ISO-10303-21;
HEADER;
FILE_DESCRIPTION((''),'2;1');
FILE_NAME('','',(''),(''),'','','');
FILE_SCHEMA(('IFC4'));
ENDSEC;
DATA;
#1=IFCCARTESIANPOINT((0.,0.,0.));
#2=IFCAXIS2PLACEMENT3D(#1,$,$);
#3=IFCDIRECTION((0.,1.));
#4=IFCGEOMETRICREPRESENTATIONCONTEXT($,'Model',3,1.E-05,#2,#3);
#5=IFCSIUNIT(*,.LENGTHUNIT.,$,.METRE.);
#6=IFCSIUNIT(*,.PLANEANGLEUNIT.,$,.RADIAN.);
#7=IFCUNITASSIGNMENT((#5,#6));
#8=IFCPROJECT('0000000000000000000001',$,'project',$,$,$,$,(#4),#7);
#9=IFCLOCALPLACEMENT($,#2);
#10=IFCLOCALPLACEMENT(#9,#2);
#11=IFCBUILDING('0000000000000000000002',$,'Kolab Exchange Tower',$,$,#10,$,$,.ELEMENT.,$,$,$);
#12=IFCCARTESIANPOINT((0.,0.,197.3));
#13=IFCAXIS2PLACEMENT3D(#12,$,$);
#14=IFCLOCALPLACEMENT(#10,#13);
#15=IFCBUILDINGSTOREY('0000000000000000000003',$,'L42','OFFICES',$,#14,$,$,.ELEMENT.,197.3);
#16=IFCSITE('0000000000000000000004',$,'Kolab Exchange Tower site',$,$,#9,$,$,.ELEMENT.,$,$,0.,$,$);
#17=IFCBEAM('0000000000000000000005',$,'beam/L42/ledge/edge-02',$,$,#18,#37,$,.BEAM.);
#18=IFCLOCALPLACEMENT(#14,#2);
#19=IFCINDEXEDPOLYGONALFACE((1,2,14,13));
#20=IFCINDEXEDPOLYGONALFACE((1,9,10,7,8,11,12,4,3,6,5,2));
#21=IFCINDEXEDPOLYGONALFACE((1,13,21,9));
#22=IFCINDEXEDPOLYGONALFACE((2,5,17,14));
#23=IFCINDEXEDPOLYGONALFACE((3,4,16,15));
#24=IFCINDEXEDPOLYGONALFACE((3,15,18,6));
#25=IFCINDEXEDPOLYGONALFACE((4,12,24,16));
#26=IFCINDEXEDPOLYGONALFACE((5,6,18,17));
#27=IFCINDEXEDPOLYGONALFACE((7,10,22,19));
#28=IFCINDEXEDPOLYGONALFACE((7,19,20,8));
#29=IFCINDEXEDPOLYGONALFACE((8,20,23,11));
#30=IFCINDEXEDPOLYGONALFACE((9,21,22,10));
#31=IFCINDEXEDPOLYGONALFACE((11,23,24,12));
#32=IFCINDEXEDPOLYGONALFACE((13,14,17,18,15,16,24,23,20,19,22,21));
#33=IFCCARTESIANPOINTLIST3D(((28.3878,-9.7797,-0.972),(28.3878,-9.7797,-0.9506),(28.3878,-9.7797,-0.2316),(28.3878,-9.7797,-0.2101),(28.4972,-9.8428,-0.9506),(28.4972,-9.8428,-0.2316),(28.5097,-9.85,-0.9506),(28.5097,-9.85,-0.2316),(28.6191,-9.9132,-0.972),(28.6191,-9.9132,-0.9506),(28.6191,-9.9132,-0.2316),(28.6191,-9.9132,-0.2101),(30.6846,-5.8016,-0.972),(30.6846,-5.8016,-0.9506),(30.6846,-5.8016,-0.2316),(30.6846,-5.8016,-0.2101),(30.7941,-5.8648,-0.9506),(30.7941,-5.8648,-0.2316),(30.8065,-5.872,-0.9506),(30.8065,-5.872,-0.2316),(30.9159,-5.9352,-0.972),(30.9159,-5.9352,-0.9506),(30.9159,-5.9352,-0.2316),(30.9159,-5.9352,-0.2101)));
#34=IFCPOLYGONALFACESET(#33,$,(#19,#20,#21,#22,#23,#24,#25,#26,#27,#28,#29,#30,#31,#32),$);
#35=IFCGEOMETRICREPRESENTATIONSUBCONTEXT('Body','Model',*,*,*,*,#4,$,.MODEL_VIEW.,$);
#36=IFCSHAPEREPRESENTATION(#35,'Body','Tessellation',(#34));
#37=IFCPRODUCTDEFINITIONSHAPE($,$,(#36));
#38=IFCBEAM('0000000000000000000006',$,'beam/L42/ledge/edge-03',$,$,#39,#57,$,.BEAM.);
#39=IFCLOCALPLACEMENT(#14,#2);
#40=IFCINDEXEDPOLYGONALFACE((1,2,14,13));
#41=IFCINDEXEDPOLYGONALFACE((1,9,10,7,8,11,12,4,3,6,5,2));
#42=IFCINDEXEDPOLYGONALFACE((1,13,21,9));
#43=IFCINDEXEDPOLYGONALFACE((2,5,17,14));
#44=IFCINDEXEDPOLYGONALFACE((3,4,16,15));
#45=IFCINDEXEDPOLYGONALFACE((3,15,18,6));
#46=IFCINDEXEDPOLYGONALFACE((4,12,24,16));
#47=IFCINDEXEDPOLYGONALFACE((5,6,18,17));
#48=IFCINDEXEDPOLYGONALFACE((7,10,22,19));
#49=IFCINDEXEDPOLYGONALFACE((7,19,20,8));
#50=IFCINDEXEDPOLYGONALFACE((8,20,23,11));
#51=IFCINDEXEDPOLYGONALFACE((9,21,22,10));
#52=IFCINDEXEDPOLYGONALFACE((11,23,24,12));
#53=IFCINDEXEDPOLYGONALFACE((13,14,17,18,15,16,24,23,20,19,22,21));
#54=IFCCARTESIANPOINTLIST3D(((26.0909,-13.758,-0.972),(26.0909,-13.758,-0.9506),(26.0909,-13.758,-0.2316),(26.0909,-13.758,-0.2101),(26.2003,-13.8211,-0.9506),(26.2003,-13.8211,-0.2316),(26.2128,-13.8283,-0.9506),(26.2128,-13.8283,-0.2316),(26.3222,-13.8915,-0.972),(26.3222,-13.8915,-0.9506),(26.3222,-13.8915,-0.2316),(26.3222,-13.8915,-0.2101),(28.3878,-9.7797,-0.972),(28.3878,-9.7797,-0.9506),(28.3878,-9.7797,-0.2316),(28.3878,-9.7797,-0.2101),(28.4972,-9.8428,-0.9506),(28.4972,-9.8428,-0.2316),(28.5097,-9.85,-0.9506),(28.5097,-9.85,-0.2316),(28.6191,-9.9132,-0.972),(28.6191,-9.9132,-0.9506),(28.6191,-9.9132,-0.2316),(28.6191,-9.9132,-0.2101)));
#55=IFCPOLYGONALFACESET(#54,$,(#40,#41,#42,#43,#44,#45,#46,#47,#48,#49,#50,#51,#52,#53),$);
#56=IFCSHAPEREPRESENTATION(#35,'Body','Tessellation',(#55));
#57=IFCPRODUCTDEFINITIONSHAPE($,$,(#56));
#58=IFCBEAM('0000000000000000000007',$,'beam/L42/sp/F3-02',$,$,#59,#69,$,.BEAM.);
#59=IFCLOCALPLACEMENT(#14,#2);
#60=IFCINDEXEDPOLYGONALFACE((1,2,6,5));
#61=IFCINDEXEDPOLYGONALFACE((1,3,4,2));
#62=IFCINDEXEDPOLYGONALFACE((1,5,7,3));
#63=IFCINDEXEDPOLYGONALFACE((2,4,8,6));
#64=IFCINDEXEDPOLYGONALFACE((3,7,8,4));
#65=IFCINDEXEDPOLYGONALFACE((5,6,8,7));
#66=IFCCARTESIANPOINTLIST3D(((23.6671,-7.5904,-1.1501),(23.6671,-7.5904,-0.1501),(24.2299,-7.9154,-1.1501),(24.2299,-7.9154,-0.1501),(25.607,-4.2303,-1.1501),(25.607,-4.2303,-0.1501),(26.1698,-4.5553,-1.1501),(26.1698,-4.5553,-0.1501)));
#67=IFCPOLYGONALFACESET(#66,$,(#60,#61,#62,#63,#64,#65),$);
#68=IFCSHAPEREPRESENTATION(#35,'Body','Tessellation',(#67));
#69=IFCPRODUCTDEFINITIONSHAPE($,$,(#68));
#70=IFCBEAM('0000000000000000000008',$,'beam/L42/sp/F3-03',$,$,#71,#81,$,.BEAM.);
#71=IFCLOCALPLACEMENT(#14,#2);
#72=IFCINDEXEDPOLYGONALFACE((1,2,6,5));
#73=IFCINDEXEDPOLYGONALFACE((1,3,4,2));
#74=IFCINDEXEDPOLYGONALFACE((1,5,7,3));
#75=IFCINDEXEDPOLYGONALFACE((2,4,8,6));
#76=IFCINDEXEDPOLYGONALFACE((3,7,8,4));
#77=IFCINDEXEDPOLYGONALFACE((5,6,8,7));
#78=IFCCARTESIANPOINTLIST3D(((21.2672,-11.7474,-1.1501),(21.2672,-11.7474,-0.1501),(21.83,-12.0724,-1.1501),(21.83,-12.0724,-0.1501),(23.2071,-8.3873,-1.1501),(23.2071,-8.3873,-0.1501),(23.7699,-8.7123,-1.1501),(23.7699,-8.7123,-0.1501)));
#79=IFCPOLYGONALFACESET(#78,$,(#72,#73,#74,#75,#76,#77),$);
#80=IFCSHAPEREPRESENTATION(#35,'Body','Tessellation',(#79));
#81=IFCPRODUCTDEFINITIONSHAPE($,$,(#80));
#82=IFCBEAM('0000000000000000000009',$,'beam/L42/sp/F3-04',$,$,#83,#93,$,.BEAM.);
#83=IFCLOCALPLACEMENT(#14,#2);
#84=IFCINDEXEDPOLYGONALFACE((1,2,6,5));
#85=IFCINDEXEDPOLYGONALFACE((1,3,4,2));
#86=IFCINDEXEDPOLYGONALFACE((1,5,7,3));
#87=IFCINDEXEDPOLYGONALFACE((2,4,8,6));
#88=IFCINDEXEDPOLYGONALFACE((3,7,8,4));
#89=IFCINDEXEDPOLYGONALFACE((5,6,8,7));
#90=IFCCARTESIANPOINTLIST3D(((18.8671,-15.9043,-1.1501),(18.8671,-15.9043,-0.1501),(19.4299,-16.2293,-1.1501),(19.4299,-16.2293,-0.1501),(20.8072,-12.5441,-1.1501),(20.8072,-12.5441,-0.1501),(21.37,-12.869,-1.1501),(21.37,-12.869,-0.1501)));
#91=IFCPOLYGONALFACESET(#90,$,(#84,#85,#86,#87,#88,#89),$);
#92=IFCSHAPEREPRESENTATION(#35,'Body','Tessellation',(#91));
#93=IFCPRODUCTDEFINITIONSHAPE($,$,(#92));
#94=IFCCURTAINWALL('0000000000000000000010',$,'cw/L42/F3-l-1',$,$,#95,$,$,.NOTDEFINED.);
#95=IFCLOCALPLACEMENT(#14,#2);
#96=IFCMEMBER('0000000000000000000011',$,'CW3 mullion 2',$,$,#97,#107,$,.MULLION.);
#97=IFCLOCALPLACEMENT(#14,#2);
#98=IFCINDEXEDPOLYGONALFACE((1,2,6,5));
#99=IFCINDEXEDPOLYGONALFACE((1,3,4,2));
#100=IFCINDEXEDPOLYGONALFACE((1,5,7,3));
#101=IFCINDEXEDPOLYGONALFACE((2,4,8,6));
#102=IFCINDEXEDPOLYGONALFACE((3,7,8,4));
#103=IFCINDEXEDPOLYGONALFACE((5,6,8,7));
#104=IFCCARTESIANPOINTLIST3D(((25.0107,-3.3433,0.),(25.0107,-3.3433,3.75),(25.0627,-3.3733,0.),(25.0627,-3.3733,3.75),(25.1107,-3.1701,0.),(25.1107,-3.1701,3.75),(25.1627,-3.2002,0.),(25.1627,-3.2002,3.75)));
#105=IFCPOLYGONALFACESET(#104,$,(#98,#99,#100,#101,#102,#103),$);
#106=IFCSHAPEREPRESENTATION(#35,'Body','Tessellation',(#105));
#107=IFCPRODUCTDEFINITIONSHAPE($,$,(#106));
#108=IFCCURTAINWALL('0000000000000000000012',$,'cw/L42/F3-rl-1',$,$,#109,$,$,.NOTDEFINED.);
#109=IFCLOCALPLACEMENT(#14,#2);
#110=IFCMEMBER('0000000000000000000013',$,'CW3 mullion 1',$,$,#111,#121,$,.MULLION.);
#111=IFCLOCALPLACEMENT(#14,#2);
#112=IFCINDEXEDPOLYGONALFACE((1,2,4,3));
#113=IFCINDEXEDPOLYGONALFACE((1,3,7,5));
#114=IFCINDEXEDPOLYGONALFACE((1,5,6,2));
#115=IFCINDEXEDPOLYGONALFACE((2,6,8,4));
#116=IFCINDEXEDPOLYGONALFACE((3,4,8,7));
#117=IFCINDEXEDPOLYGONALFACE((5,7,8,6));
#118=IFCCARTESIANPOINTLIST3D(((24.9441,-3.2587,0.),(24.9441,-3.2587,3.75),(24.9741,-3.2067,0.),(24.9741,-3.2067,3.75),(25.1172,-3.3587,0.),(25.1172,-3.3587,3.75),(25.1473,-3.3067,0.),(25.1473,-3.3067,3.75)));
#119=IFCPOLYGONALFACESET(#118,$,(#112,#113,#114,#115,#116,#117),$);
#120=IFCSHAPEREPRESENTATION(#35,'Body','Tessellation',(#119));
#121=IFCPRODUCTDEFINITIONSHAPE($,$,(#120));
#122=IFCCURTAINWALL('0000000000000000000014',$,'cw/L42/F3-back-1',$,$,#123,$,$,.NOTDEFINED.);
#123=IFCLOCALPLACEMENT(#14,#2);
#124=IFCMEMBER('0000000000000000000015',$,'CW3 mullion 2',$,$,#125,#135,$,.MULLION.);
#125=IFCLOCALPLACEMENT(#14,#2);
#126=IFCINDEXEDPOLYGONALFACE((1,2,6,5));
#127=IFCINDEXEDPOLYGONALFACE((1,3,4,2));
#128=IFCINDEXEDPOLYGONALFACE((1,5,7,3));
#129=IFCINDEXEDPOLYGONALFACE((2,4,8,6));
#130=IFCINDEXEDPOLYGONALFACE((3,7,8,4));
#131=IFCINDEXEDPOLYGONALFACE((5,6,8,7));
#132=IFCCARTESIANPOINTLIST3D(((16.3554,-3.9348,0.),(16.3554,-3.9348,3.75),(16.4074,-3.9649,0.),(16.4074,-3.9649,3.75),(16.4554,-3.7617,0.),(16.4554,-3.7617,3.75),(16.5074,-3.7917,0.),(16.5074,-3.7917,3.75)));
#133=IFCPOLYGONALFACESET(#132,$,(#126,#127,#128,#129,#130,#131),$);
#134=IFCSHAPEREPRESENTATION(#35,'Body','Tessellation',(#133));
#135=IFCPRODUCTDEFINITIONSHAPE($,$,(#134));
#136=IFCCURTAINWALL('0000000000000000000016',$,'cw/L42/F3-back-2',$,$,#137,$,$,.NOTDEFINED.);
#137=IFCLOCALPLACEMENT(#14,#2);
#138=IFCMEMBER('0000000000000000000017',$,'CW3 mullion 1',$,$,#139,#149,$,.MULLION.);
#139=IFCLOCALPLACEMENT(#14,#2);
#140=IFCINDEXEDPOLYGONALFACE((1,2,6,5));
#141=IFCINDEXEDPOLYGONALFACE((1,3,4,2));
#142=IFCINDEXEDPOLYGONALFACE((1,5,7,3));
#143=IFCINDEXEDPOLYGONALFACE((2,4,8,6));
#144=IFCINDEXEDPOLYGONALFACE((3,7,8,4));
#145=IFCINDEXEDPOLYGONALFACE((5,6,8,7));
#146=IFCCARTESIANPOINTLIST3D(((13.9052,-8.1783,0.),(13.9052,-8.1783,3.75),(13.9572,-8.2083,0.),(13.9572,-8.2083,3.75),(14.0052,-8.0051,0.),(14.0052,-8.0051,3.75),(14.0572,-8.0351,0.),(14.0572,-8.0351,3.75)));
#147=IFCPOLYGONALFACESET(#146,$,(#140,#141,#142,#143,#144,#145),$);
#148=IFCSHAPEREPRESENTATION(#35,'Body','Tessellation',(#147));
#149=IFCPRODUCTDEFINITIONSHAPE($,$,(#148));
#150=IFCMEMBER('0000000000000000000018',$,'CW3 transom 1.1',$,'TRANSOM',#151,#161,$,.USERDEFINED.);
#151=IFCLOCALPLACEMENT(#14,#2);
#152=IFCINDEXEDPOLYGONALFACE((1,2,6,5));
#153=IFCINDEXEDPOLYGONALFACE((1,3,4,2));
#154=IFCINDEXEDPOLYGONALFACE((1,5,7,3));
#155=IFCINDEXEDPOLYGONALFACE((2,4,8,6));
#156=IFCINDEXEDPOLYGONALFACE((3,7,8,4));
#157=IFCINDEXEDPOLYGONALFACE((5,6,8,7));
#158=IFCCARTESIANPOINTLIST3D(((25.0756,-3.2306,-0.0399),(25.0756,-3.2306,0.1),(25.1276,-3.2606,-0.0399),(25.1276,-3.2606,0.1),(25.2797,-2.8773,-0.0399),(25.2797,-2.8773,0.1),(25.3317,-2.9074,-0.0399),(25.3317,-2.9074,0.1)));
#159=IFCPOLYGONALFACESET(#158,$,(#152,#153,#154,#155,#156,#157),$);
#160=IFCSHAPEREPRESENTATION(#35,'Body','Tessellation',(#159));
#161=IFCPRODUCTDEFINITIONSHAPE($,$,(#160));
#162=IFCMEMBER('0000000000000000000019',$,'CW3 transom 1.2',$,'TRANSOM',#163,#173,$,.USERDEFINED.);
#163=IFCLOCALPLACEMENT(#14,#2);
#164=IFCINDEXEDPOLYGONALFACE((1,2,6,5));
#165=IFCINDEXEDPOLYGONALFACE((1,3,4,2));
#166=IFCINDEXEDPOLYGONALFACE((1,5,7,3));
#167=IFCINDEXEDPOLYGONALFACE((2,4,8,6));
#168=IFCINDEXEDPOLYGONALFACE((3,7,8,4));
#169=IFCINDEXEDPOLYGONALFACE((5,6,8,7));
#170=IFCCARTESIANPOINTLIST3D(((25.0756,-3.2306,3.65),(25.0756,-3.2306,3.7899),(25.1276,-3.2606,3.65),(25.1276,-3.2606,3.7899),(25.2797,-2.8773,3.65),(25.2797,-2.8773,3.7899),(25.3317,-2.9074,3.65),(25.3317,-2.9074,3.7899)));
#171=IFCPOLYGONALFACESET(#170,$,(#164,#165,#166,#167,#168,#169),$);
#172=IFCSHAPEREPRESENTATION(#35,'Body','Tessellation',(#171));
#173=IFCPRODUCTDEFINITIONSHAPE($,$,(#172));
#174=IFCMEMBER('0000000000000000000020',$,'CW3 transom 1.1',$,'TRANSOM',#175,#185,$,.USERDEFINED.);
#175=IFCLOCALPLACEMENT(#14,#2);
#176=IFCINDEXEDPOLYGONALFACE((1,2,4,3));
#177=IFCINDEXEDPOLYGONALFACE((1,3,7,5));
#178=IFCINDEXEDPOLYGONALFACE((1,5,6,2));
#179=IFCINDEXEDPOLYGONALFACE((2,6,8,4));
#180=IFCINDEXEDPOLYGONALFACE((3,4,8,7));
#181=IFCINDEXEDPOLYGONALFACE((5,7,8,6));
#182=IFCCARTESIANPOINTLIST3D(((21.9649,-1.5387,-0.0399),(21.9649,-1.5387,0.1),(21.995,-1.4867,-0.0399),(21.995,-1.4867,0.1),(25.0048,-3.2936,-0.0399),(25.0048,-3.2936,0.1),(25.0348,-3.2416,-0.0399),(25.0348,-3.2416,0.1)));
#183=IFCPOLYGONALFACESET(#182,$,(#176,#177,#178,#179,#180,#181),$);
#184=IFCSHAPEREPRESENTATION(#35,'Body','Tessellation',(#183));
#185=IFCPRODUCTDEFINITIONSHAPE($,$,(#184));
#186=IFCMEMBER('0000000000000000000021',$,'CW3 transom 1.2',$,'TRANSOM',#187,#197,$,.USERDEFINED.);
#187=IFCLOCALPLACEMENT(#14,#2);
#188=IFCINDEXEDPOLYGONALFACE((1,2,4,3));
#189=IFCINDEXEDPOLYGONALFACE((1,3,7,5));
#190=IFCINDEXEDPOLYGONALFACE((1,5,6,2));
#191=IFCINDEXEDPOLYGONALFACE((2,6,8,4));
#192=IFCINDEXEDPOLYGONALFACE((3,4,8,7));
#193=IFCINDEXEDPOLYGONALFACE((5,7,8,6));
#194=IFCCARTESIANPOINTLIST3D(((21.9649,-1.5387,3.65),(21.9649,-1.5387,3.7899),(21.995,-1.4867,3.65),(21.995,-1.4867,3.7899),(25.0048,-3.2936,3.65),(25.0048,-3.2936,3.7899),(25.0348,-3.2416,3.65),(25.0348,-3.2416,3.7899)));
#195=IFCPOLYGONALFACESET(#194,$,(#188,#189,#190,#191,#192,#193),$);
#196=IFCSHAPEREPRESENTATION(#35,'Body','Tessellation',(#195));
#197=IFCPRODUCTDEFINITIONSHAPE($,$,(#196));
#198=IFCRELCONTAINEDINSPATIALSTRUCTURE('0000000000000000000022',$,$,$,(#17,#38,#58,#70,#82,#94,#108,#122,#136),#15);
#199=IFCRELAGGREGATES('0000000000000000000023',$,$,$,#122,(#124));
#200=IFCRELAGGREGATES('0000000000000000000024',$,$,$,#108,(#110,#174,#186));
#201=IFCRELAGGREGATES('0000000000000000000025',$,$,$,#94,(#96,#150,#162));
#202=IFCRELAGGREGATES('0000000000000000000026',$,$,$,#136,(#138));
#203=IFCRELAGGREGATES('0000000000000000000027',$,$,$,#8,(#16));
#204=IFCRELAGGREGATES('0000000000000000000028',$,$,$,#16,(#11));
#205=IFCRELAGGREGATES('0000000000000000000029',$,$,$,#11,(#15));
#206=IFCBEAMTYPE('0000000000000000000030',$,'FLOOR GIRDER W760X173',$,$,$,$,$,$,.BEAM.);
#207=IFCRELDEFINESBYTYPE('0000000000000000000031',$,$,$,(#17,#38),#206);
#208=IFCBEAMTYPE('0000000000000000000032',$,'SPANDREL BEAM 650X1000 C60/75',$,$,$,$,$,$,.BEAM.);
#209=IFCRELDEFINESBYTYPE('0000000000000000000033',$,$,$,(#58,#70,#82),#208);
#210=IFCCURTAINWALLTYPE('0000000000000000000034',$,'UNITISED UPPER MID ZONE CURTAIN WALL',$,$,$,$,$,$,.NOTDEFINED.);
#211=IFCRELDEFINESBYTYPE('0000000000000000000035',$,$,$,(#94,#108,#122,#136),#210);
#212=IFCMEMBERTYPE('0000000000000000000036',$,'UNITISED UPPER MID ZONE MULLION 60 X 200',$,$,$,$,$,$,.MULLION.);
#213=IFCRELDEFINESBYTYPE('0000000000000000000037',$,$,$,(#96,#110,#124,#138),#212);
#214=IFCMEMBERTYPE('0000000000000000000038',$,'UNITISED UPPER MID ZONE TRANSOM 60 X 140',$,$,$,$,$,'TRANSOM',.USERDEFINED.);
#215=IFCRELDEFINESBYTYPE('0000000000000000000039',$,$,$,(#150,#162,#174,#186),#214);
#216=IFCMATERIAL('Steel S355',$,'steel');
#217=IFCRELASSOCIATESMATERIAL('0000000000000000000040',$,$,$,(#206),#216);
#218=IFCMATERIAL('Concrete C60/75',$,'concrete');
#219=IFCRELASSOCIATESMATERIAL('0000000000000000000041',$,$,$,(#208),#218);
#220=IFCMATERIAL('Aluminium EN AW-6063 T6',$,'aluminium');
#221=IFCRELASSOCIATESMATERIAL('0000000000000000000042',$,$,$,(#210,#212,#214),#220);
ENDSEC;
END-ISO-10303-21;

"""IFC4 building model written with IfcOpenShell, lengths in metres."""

from ifc_helpers import new_model, si_unit, direction, frame, origin, origin_2d, place, context, subcontext, project, spatial, rectangle, i_section, extrude, material, material_profile, profile_set, type_object, element, aggregate, save


model = new_model("IFC4")

# Units and contexts
model_context = context("Model", 3, precision=1e-05, world=origin(), true_north=direction((0.0, 1.0)))
body_context = subcontext(model_context, "Body", "Model", "MODEL_VIEW")
ifc_project = project(units=[si_unit("LENGTHUNIT", "METRE"), si_unit("PLANEANGLEUNIT", "RADIAN")], contexts=[model_context])

# Site, building, storey
site_placement = place(None, origin())
site = spatial("IfcSite", under=ifc_project, at=site_placement, Name="Kolab Exchange Tower site", CompositionType="ELEMENT", RefElevation=0.0)
building_placement = place(site_placement, origin())
building = spatial("IfcBuilding", under=site, at=building_placement, Name="Kolab Exchange Tower", CompositionType="ELEMENT")
storey_placement = place(building_placement, frame((0.0, 0.0, 197.3)))
storey = spatial("IfcBuildingStorey", under=building, at=storey_placement, Name="L42", Description="OFFICES", CompositionType="ELEMENT", Elevation=197.3)

# Shared definitions
ifc_material_1 = material(Name="Concrete C60/75", Category="concrete")

# Beams
ifc_material_2 = material(Name="Steel S355", Category="steel")
ifc_material_profile_1 = material_profile(ifc_material_2, i_section(OverallWidth=0.2671, OverallDepth=0.762, WebThickness=0.0144, FlangeThickness=0.0215, at=origin_2d()), Name="W760X173")
ifc_profile_set_1 = profile_set([ifc_material_profile_1], Name="Steel S355")
beam_type_1 = type_object("IfcBeamType", Name="FLOOR GIRDER W760X173", PredefinedType="BEAM", material=ifc_profile_set_1)
beam_1_placement = place(storey_placement, frame((30.8003, -5.8684, -0.5911), z_axis=(-0.500026, -0.86601, 0.0), x_axis=(0.86601, -0.500026, 0.0)))
element("IfcBeam", 1, at=beam_1_placement, inside=storey, type_object=beam_type_1, Name="beam/L42/ledge/edge-02", PredefinedType="BEAM", context=body_context, shape_type="SweptSolid", body=[
    extrude(i_section(OverallWidth=0.2671, OverallDepth=0.762, WebThickness=0.0144, FlangeThickness=0.0215, at=origin_2d()), origin(), (0.0, 0.0, 1.0), 4.5935),
])
beam_2_placement = place(storey_placement, frame((28.5034, -9.8464, -0.5911), z_axis=(-0.500003, -0.866024, 0.0), x_axis=(0.866024, -0.500003, 0.0)))
element("IfcBeam", 2, at=beam_2_placement, inside=storey, type_object=beam_type_1, Name="beam/L42/ledge/edge-03", PredefinedType="BEAM", context=body_context, shape_type="SweptSolid", body=[
    extrude(i_section(OverallWidth=0.2671, OverallDepth=0.762, WebThickness=0.0144, FlangeThickness=0.0215, at=origin_2d()), origin(), (0.0, 0.0, 1.0), 4.5938),
])
ifc_material_profile_2 = material_profile(ifc_material_1, rectangle(XDim=0.6499, YDim=1.0, at=origin_2d()), Name="RC650X1000")
ifc_profile_set_2 = profile_set([ifc_material_profile_2], Name="Concrete C60/75")
beam_type_2 = type_object("IfcBeamType", Name="SPANDREL BEAM 650X1000 C60/75", PredefinedType="BEAM", material=ifc_profile_set_2)
for number, where, z_axis, x_axis, name in (
    (3, (25.8884, -4.3928, -0.6501), (-0.499997, -0.866027, 0.0), (0.866027, -0.499997, 0.0), "beam/L42/sp/F3-02"),
    (4, (23.4885, -8.5498, -0.6501), (-0.499997, -0.866027, 0.0), (0.866027, -0.499997, 0.0), "beam/L42/sp/F3-03"),
):
    element("IfcBeam", number, at=place(storey_placement, frame(where, z_axis=z_axis, x_axis=x_axis)), inside=storey, type_object=beam_type_2, Name=name, PredefinedType="BEAM", context=body_context, shape_type="SweptSolid", body=[
        extrude(rectangle(XDim=0.6499, YDim=1.0, at=origin_2d()), origin(), (0.0, 0.0, 1.0), 3.8799),
    ])
beam_3_placement = place(storey_placement, frame((21.0886, -12.7065, -0.6501), z_axis=(-0.500017, -0.866016, 0.0), x_axis=(0.866016, -0.500017, 0.0)))
element("IfcBeam", 5, at=beam_3_placement, inside=storey, type_object=beam_type_2, Name="beam/L42/sp/F3-04", PredefinedType="BEAM", context=body_context, shape_type="SweptSolid", body=[
    extrude(rectangle(XDim=0.6499, YDim=1.0, at=origin_2d()), origin(), (0.0, 0.0, 1.0), 3.8801),
])

# Curtain walls, members
ifc_material_3 = material(Name="Aluminium EN AW-6063 T6", Category="aluminium")
curtain_wall_type = type_object("IfcCurtainWallType", Name="UNITISED UPPER MID ZONE CURTAIN WALL", PredefinedType="NOTDEFINED", material=ifc_material_3)
curtain_wall_1_placement = place(storey_placement, origin())
curtain_wall_1 = element("IfcCurtainWall", 6, at=curtain_wall_1_placement, inside=storey, type_object=curtain_wall_type, Name="cw/L42/F3-l-1", PredefinedType="NOTDEFINED")
ifc_material_profile_3 = material_profile(ifc_material_3, rectangle(XDim=0.0601, YDim=0.2, at=origin_2d()), Name="RECT 60X200")
ifc_profile_set_3 = profile_set([ifc_material_profile_3], Name="Aluminium EN AW-6063 T6")
member_type_1 = type_object("IfcMemberType", Name="UNITISED UPPER MID ZONE MULLION 60 X 200", PredefinedType="MULLION", material=ifc_profile_set_3)
member_1_placement = place(storey_placement, frame((25.0867, -3.2717, 0.0), z_axis=(0.0, 0.0, 1.0), x_axis=(0.866026, -0.499999, 0.0)))
member_1 = element("IfcMember", 7, at=member_1_placement, type_object=member_type_1, Name="CW3 mullion 2", PredefinedType="MULLION", context=body_context, shape_type="SweptSolid", body=[
    extrude(rectangle(XDim=0.0601, YDim=0.2, at=origin_2d()), origin(), (0.0, 0.0, 1.0), 3.75),
])
curtain_wall_2_placement = place(storey_placement, origin())
curtain_wall_2 = element("IfcCurtainWall", 8, at=curtain_wall_2_placement, inside=storey, type_object=curtain_wall_type, Name="cw/L42/F3-rl-1", PredefinedType="NOTDEFINED")
member_2_placement = place(storey_placement, frame((25.0457, -3.2827, 0.0), z_axis=(0.0, 0.0, 1.0), x_axis=(-0.5, -0.866025, 0.0)))
member_2 = element("IfcMember", 9, at=member_2_placement, type_object=member_type_1, Name="CW3 mullion 1", PredefinedType="MULLION", context=body_context, shape_type="SweptSolid", body=[
    extrude(rectangle(XDim=0.0601, YDim=0.2, at=origin_2d()), origin(), (0.0, 0.0, 1.0), 3.75),
])
curtain_wall_3_placement = place(storey_placement, origin())
curtain_wall_3 = element("IfcCurtainWall", 10, at=curtain_wall_3_placement, inside=storey, type_object=curtain_wall_type, Name="cw/L42/F3-back-1", PredefinedType="NOTDEFINED")
member_3_placement = place(storey_placement, frame((16.4314, -3.8633, 0.0), z_axis=(0.0, 0.0, 1.0), x_axis=(0.866025, -0.5, 0.0)))
member_3 = element("IfcMember", 11, at=member_3_placement, type_object=member_type_1, Name="CW3 mullion 2", PredefinedType="MULLION", context=body_context, shape_type="SweptSolid", body=[
    extrude(rectangle(XDim=0.0601, YDim=0.2, at=origin_2d()), origin(), (0.0, 0.0, 1.0), 3.75),
])
aggregate(curtain_wall_3, [member_3])
curtain_wall_4_placement = place(storey_placement, origin())
curtain_wall_4 = element("IfcCurtainWall", 12, at=curtain_wall_4_placement, inside=storey, type_object=curtain_wall_type, Name="cw/L42/F3-back-2", PredefinedType="NOTDEFINED")
member_4_placement = place(storey_placement, frame((13.9812, -8.1067, 0.0), z_axis=(0.0, 0.0, 1.0), x_axis=(0.866025, -0.5, 0.0)))
member_4 = element("IfcMember", 13, at=member_4_placement, type_object=member_type_1, Name="CW3 mullion 1", PredefinedType="MULLION", context=body_context, shape_type="SweptSolid", body=[
    extrude(rectangle(XDim=0.0601, YDim=0.2, at=origin_2d()), origin(), (0.0, 0.0, 1.0), 3.75),
])

# Members
ifc_material_profile_4 = material_profile(ifc_material_3, rectangle(XDim=0.0601, YDim=0.1399, at=origin_2d()), Name="RECT 60X140")
ifc_profile_set_4 = profile_set([ifc_material_profile_4], Name="Aluminium EN AW-6063 T6")
member_type_2 = type_object("IfcMemberType", Name="UNITISED UPPER MID ZONE TRANSOM 60 X 140", ElementType="TRANSOM", PredefinedType="USERDEFINED", material=ifc_profile_set_4)
member_5_placement = place(storey_placement, frame((25.3057, -2.8923, 0.03), z_axis=(-0.500258, -0.865877, 0.0), x_axis=(0.865877, -0.500258, 0.0)))
member_5 = element("IfcMember", 14, at=member_5_placement, type_object=member_type_2, Name="CW3 transom 1.1", ObjectType="TRANSOM", PredefinedType="USERDEFINED", context=body_context, shape_type="SweptSolid", body=[
    extrude(rectangle(XDim=0.0601, YDim=0.1399, at=origin_2d()), origin(), (0.0, 0.0, 1.0), 0.408),
])
member_6_placement = place(storey_placement, frame((25.3057, -2.8923, 3.72), z_axis=(-0.500258, -0.865877, 0.0), x_axis=(0.865877, -0.500258, 0.0)))
member_6 = element("IfcMember", 15, at=member_6_placement, type_object=member_type_2, Name="CW3 transom 1.2", ObjectType="TRANSOM", PredefinedType="USERDEFINED", context=body_context, shape_type="SweptSolid", body=[
    extrude(rectangle(XDim=0.0601, YDim=0.1399, at=origin_2d()), origin(), (0.0, 0.0, 1.0), 0.408),
])
member_7_placement = place(storey_placement, frame((25.0198, -3.2676, 0.03), z_axis=(-0.866043, 0.499969, 0.0), x_axis=(-0.499969, -0.866043, 0.0)))
member_7 = element("IfcMember", 16, at=member_7_placement, type_object=member_type_2, Name="CW3 transom 1.1", ObjectType="TRANSOM", PredefinedType="USERDEFINED", context=body_context, shape_type="SweptSolid", body=[
    extrude(rectangle(XDim=0.0601, YDim=0.1399, at=origin_2d()), origin(), (0.0, 0.0, 1.0), 3.51),
])
member_8_placement = place(storey_placement, frame((25.0198, -3.2676, 3.72), z_axis=(-0.866043, 0.499969, 0.0), x_axis=(-0.499969, -0.866043, 0.0)))
member_8 = element("IfcMember", 17, at=member_8_placement, type_object=member_type_2, Name="CW3 transom 1.2", ObjectType="TRANSOM", PredefinedType="USERDEFINED", context=body_context, shape_type="SweptSolid", body=[
    extrude(rectangle(XDim=0.0601, YDim=0.1399, at=origin_2d()), origin(), (0.0, 0.0, 1.0), 3.51),
])
aggregate(curtain_wall_2, [member_2, member_7, member_8])

aggregate(curtain_wall_1, [member_1, member_5, member_6])
aggregate(curtain_wall_4, [member_4])

save(model, "model.ifc")
